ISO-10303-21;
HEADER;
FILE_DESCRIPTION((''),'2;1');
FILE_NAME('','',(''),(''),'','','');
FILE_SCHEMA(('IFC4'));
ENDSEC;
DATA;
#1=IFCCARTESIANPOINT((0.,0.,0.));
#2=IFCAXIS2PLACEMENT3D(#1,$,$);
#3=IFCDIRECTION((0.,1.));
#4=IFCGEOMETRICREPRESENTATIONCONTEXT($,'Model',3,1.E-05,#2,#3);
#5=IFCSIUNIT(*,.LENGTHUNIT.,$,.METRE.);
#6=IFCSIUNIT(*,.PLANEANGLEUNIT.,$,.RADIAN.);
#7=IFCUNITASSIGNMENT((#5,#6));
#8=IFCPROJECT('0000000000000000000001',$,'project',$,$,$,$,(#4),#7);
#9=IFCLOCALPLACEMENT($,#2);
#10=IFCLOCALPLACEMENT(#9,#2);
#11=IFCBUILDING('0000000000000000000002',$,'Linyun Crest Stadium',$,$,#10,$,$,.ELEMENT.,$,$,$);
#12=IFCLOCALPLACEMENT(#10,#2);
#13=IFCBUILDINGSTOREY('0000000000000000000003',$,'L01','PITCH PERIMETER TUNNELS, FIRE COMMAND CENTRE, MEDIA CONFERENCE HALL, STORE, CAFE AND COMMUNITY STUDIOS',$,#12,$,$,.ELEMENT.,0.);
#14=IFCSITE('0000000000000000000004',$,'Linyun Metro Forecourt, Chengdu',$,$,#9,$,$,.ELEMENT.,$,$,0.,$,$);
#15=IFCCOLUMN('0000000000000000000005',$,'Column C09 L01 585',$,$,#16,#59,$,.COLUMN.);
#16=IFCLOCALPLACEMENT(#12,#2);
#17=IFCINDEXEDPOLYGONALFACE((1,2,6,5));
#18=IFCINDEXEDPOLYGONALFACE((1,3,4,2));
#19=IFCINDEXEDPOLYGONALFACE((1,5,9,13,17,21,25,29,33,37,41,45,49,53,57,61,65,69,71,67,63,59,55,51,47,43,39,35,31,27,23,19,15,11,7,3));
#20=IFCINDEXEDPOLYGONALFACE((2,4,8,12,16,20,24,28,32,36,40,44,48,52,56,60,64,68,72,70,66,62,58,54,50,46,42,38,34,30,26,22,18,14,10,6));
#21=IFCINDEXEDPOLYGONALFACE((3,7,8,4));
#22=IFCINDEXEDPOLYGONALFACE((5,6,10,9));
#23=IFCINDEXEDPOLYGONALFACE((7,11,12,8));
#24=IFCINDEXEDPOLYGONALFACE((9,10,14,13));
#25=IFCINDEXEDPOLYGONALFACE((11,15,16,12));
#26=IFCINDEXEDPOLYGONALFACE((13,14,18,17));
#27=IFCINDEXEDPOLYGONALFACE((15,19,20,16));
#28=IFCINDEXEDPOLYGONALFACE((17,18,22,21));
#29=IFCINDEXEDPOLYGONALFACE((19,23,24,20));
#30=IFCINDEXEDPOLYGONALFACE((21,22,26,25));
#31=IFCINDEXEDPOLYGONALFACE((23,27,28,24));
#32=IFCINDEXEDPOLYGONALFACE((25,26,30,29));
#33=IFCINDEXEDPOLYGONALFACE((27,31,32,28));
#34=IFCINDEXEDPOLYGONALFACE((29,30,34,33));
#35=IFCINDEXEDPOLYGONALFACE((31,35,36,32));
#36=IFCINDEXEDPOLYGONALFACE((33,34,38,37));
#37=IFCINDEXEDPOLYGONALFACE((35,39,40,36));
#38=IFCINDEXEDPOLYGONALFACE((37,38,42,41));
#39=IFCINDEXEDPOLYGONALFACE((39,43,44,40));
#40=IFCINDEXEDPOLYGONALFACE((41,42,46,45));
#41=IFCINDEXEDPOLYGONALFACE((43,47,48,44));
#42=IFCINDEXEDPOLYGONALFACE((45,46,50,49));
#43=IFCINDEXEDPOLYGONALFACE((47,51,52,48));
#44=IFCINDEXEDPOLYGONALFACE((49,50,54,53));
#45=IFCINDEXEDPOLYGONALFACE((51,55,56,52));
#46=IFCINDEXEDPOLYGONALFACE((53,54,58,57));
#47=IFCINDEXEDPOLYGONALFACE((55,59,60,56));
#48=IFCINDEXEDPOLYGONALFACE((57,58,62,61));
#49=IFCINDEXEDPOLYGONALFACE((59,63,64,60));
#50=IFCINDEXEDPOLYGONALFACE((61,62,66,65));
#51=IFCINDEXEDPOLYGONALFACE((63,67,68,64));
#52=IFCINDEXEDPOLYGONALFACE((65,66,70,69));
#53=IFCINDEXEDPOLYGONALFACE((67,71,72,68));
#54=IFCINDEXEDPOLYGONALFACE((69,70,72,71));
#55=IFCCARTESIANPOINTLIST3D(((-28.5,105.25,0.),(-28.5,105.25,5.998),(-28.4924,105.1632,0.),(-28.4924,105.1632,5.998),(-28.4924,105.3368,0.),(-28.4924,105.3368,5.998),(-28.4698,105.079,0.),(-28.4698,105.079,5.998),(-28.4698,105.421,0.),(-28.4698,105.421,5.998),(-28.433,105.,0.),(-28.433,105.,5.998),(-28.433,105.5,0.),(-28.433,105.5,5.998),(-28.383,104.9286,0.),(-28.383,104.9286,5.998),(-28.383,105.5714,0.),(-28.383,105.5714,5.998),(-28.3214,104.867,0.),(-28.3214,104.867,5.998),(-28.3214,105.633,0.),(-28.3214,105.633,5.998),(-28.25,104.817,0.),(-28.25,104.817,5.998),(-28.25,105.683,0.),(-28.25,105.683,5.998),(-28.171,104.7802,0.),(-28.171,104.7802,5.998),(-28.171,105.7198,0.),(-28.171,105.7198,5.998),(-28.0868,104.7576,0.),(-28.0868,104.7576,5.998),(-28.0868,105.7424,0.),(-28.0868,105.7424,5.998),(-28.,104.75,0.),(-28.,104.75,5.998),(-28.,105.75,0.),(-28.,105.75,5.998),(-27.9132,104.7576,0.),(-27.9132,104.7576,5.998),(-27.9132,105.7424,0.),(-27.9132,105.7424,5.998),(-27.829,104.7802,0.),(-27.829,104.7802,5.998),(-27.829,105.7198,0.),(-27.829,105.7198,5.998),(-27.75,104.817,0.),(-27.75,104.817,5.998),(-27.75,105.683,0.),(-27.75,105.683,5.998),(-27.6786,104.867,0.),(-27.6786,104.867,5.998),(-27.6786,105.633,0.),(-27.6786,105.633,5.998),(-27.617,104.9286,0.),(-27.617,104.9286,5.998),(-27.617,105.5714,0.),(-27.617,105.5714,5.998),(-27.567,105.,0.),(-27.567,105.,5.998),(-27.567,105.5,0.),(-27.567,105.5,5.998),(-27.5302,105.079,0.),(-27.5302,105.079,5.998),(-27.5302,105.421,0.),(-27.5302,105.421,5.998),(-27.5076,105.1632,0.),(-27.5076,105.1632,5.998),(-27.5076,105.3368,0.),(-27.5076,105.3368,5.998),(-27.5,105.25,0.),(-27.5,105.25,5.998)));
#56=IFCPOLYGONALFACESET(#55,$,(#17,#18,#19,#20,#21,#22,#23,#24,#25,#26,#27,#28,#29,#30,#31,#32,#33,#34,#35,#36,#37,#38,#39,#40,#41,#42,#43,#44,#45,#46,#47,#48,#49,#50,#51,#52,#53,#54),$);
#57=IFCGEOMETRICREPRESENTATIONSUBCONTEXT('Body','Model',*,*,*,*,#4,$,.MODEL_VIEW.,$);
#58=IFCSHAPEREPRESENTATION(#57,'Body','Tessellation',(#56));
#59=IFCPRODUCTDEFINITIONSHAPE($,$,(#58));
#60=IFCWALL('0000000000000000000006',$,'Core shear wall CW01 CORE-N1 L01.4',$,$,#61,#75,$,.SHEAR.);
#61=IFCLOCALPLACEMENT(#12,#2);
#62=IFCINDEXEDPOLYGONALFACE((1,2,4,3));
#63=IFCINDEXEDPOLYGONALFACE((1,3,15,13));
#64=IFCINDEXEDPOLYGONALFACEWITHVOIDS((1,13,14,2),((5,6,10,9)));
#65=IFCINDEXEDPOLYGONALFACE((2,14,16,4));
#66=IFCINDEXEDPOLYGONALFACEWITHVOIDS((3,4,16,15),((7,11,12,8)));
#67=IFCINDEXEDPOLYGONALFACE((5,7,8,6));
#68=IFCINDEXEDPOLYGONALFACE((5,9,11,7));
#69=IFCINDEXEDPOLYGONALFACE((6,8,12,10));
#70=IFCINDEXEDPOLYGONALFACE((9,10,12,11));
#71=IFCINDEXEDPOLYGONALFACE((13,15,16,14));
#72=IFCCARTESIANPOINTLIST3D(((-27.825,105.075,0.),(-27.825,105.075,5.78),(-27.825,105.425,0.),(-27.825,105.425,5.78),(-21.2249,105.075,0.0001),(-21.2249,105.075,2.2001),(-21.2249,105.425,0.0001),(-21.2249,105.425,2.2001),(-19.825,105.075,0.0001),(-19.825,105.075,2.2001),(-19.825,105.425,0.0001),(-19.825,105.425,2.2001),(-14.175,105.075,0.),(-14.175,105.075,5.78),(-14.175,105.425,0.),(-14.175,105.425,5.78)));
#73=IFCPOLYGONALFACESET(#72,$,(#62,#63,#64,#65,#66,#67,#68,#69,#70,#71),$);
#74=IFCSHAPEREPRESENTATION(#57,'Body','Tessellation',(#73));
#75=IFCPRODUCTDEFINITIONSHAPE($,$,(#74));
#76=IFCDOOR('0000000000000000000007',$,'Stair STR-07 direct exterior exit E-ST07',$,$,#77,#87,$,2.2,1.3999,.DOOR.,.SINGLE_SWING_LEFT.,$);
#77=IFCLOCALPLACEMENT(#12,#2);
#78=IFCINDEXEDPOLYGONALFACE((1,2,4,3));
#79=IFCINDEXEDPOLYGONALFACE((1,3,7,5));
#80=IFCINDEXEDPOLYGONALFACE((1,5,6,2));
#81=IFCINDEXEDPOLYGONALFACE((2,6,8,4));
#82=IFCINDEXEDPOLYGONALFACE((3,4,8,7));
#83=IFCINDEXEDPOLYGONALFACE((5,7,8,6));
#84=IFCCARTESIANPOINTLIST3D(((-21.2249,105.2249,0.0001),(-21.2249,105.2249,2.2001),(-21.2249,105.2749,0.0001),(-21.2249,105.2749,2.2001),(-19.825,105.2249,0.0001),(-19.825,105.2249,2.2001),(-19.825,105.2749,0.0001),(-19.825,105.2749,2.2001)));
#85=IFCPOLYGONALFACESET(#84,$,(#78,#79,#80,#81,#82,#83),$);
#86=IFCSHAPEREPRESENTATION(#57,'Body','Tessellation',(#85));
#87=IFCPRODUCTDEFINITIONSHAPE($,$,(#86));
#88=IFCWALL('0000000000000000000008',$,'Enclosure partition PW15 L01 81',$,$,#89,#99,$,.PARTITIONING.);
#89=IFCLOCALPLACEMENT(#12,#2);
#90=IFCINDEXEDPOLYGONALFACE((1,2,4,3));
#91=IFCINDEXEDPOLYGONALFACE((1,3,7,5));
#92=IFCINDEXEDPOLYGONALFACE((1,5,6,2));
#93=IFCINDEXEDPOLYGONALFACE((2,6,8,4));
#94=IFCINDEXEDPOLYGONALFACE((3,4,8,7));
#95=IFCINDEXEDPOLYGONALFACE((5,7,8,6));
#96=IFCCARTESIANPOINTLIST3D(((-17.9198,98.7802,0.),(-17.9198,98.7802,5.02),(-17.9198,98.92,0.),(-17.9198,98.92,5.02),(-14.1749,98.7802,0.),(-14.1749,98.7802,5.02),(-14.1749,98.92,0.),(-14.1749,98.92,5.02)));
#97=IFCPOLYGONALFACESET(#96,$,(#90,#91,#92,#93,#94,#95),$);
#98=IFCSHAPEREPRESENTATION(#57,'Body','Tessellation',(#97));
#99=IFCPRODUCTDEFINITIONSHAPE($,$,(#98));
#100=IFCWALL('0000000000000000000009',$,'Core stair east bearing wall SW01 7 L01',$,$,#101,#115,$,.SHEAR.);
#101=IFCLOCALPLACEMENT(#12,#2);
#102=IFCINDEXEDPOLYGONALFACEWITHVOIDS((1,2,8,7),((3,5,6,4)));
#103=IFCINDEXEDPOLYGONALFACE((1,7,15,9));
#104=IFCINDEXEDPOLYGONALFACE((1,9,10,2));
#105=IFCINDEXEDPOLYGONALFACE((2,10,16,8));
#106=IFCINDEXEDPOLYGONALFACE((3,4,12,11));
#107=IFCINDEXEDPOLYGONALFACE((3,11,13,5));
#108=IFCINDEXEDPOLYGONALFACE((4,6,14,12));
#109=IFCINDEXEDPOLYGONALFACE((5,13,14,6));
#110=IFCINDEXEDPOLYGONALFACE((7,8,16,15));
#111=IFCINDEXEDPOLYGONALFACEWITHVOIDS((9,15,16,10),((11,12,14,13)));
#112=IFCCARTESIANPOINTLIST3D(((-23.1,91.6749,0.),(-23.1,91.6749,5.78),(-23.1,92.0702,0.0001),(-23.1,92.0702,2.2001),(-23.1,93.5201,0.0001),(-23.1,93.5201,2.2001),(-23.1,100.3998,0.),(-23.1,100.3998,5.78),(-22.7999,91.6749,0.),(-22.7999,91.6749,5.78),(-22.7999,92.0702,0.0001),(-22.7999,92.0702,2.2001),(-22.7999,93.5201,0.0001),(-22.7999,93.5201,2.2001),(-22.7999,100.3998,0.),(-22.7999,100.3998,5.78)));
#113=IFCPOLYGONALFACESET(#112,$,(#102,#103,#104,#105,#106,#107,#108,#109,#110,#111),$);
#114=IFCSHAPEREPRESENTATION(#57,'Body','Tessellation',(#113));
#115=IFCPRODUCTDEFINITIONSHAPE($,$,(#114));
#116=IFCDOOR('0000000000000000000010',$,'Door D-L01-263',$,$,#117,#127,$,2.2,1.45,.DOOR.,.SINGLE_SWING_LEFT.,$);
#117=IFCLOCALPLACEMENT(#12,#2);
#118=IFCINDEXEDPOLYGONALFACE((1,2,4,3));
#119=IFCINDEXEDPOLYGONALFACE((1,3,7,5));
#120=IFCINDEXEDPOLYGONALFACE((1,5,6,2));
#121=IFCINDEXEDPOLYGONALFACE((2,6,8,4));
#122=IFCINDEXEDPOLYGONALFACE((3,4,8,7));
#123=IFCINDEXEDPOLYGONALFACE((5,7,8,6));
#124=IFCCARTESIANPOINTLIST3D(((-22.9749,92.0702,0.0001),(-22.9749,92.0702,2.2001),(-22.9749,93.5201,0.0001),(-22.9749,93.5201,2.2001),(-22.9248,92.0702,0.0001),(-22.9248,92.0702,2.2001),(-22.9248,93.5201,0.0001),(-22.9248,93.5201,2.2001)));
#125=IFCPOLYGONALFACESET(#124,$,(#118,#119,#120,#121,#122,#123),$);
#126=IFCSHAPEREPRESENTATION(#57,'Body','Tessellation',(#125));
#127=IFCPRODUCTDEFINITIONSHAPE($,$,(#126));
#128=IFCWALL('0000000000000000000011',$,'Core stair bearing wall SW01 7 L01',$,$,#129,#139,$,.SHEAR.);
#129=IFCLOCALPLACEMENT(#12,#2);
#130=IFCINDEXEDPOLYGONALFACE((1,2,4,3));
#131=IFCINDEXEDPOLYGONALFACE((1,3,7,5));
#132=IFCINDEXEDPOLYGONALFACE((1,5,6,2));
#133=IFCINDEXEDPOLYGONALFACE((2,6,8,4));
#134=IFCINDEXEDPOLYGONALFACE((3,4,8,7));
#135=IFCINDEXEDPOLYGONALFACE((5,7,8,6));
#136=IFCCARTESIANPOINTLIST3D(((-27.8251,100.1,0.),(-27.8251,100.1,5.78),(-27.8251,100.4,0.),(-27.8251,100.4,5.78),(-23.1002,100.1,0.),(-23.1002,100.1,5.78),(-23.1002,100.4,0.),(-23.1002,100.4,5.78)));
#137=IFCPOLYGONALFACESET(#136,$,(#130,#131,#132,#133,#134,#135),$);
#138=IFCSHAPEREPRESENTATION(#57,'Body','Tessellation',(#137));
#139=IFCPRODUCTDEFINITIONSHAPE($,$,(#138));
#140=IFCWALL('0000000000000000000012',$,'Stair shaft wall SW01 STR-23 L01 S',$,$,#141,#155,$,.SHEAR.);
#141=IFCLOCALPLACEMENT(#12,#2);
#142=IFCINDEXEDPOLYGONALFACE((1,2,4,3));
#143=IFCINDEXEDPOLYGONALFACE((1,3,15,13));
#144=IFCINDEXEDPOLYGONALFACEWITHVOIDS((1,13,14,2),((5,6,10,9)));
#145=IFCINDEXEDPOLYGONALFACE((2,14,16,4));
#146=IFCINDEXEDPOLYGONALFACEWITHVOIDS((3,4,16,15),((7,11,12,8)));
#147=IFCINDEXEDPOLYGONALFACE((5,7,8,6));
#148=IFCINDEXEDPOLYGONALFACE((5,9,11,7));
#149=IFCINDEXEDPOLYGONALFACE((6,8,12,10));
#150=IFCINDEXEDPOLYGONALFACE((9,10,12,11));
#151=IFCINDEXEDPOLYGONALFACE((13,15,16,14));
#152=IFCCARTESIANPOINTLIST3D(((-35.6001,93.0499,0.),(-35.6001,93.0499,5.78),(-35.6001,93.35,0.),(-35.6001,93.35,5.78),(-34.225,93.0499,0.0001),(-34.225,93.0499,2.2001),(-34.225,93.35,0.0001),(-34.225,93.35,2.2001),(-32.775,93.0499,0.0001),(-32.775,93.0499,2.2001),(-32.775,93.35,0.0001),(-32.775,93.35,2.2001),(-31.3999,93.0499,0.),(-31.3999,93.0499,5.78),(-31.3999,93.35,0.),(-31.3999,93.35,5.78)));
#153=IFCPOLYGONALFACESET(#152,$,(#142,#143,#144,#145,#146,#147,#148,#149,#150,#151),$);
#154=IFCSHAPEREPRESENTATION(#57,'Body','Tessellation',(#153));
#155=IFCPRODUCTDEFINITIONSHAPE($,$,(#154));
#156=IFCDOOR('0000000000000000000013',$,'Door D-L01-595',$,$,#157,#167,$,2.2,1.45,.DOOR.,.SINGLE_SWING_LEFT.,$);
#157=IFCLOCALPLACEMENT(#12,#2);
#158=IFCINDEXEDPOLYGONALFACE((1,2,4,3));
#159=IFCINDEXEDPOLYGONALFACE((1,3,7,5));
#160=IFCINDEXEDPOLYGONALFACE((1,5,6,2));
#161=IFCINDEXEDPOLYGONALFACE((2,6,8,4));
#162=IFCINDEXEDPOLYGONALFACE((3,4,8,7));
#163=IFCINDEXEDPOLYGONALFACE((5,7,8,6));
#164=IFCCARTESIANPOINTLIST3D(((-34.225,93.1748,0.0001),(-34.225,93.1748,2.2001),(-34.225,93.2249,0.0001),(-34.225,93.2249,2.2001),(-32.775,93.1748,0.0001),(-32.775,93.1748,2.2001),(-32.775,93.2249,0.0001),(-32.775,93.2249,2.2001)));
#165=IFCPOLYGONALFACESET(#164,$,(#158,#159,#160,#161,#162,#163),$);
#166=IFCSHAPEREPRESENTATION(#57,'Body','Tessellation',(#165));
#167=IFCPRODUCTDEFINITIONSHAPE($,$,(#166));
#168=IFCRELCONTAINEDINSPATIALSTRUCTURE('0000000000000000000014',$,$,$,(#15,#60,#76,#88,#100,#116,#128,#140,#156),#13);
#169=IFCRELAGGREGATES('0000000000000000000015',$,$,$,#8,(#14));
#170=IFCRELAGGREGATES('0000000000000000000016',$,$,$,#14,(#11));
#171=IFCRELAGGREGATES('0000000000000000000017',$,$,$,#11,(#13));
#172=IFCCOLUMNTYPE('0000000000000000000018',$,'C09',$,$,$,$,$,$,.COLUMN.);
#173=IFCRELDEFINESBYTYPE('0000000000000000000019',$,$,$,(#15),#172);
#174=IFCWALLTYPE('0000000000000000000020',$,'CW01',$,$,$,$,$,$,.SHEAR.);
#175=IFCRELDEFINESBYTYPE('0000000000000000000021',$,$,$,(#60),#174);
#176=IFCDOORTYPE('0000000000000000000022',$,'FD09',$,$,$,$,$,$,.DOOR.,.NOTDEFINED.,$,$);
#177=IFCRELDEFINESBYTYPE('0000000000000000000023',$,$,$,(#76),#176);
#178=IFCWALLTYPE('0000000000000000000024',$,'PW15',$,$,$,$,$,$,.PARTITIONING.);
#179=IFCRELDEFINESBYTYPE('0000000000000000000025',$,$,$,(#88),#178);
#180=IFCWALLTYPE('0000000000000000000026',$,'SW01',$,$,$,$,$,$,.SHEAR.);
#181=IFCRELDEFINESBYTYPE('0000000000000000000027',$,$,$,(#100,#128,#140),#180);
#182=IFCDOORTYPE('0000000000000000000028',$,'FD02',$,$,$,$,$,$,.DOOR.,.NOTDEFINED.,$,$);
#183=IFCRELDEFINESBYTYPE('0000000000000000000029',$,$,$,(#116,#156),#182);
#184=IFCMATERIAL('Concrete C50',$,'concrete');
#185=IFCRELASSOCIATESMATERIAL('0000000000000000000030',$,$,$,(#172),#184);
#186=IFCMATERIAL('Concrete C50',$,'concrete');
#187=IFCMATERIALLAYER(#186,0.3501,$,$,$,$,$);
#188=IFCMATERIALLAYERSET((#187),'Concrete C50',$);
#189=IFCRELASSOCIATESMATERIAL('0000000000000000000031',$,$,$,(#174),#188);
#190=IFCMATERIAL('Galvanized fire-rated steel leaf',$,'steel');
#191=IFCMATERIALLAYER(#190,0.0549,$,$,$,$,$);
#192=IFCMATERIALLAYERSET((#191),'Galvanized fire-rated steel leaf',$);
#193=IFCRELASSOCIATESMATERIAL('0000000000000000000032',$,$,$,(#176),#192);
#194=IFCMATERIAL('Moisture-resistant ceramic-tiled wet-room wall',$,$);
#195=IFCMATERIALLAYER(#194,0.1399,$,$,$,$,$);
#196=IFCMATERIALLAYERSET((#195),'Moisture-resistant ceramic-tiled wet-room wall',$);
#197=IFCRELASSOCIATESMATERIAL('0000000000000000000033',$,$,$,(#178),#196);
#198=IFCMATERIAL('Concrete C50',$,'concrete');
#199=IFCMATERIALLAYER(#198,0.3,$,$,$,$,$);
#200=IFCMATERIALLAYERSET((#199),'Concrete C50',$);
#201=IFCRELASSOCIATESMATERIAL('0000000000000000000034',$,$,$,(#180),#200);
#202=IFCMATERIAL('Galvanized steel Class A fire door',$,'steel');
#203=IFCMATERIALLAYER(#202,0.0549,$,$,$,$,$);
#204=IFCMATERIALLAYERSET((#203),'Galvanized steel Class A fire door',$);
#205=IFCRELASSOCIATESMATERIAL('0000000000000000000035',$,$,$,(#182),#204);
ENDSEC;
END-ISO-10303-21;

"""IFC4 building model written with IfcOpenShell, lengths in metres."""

from ifc_helpers import new_model, si_unit, direction, frame, frame_2d, origin, origin_2d, place, context, subcontext, project, spatial, rectangle, circle, extrude, material, layer, layer_set, material_profile, profile_set, type_object, element, fill, save


model = new_model("IFC4")

# Units and contexts
model_context = context("Model", 3, precision=1e-05, world=origin(), true_north=direction((0.0, 1.0)))
body_context = subcontext(model_context, "Body", "Model", "MODEL_VIEW")
ifc_project = project(units=[si_unit("LENGTHUNIT", "METRE"), si_unit("PLANEANGLEUNIT", "RADIAN")], contexts=[model_context])

# Site, building, storey
site_placement = place(None, origin())
site = spatial("IfcSite", under=ifc_project, at=site_placement, Name="Linyun Metro Forecourt, Chengdu", CompositionType="ELEMENT", RefElevation=0.0)
building_placement = place(site_placement, origin())
building = spatial("IfcBuilding", under=site, at=building_placement, Name="Linyun Crest Stadium", CompositionType="ELEMENT")
storey_placement = place(building_placement, origin())
storey = spatial("IfcBuildingStorey", under=building, at=storey_placement, Name="L01", Description="PITCH PERIMETER TUNNELS, FIRE COMMAND CENTRE, MEDIA CONFERENCE HALL, STORE, CAFE AND COMMUNITY STUDIOS", CompositionType="ELEMENT", Elevation=0.0)

# Column
ifc_material_1 = material(Name="Concrete C50", Category="concrete")
ifc_material_profile = material_profile(ifc_material_1, circle(Radius=0.5, at=origin_2d()), Name="RC D1000")
ifc_profile_set = profile_set([ifc_material_profile], Name="Concrete C50")
column_type = type_object("IfcColumnType", Name="C09", PredefinedType="COLUMN", material=ifc_profile_set)
column_placement = place(storey_placement, frame((-28.0, 105.25, 0.0), z_axis=(0.0, 0.0, 1.0), x_axis=(1.0, 0.0, 0.0)))
element("IfcColumn", 1, at=column_placement, inside=storey, type_object=column_type, Name="Column C09 L01 585", PredefinedType="COLUMN", context=body_context, shape_type="SweptSolid", body=[
    extrude(circle(Radius=0.5, at=origin_2d()), origin(), (0.0, 0.0, 1.0), 5.998),
])

# Wall, opening, door
ifc_material_2 = material(Name="Concrete C50", Category="concrete")
ifc_layer_1 = layer(ifc_material_2, 0.3501)
ifc_layer_set_1 = layer_set([ifc_layer_1], Name="Concrete C50")
wall_type_1 = type_object("IfcWallType", Name="CW01", PredefinedType="SHEAR", material=ifc_layer_set_1)
wall_1_placement = place(storey_placement, frame((-27.825, 105.25, 0.0), z_axis=(0.0, 0.0, 1.0), x_axis=(1.0, 0.0, 0.0)))
wall_1 = element("IfcWall", 2, at=wall_1_placement, inside=storey, type_object=wall_type_1, Name="Core shear wall CW01 CORE-N1 L01.4", PredefinedType="SHEAR", context=body_context, shape_type="SweptSolid", body=[
    extrude(rectangle(XDim=13.6499, YDim=0.3501, at=frame_2d((6.825, 0.0))), origin(), (0.0, 0.0, 1.0), 5.78),
])
opening_1_placement = place(wall_1_placement, frame((6.6001, 0.0, 0.0)))
opening_1 = element("IfcOpeningElement", 3, at=opening_1_placement, cuts=wall_1, PredefinedType="OPENING", context=body_context, shape_type="SweptSolid", body=[
    extrude(rectangle(XDim=1.3999, YDim=2.2, at=frame_2d((0.7, 1.1001))), frame((0.0, 0.1851, 0.0), z_axis=(0.0, -1.0, 0.0), x_axis=(1.0, 0.0, 0.0)), (0.0, 0.0, 1.0), 0.3701),
])
ifc_material_3 = material(Name="Galvanized fire-rated steel leaf", Category="steel")
ifc_layer_2 = layer(ifc_material_3, 0.0549)
ifc_layer_set_2 = layer_set([ifc_layer_2], Name="Galvanized fire-rated steel leaf")
door_type_1 = type_object("IfcDoorType", Name="FD09", OperationType="NOTDEFINED", PredefinedType="DOOR", material=ifc_layer_set_2)
door_1_placement = place(opening_1_placement, origin())
door_1 = element("IfcDoor", 4, at=door_1_placement, inside=storey, type_object=door_type_1, Name="Stair STR-07 direct exterior exit E-ST07", OperationType="SINGLE_SWING_LEFT", OverallHeight=2.2, OverallWidth=1.3999, PredefinedType="DOOR", context=body_context, shape_type="SweptSolid", body=[
    extrude(rectangle(XDim=1.3999, YDim=2.2, at=frame_2d((0.7, 1.1001))), frame((0.0, 0.0249, 0.0), z_axis=(0.0, -1.0, 0.0), x_axis=(1.0, 0.0, 0.0)), (0.0, 0.0, 1.0), 0.05),
])
fill(opening_1, door_1)

# Wall
ifc_material_4 = material(Name="Moisture-resistant ceramic-tiled wet-room wall")
ifc_layer_3 = layer(ifc_material_4, 0.1399)
ifc_layer_set_3 = layer_set([ifc_layer_3], Name="Moisture-resistant ceramic-tiled wet-room wall")
wall_type_2 = type_object("IfcWallType", Name="PW15", PredefinedType="PARTITIONING", material=ifc_layer_set_3)
wall_2_placement = place(storey_placement, frame((-17.9199, 98.8501, 0.0), z_axis=(0.0, 0.0, 1.0), x_axis=(1.0, 0.0, 0.0)))
element("IfcWall", 5, at=wall_2_placement, inside=storey, type_object=wall_type_2, Name="Enclosure partition PW15 L01 81", PredefinedType="PARTITIONING", context=body_context, shape_type="SweptSolid", body=[
    extrude(rectangle(XDim=3.7449, YDim=0.1399, at=frame_2d((1.8726, 0.0))), origin(), (0.0, 0.0, 1.0), 5.02),
])

# Wall, opening, door
ifc_material_5 = material(Name="Concrete C50", Category="concrete")
ifc_layer_4 = layer(ifc_material_5, 0.3)
ifc_layer_set_4 = layer_set([ifc_layer_4], Name="Concrete C50")
wall_type_3 = type_object("IfcWallType", Name="SW01", PredefinedType="SHEAR", material=ifc_layer_set_4)
wall_3_placement = place(storey_placement, frame((-22.95, 91.675, 0.0), z_axis=(0.0, 0.0, 1.0), x_axis=(0.0, 1.0, 0.0)))
wall_3 = element("IfcWall", 6, at=wall_3_placement, inside=storey, type_object=wall_type_3, Name="Core stair east bearing wall SW01 7 L01", PredefinedType="SHEAR", context=body_context, shape_type="SweptSolid", body=[
    extrude(rectangle(XDim=8.7249, YDim=0.3, at=frame_2d((4.3623, 0.0))), origin(), (0.0, 0.0, 1.0), 5.78),
])
opening_2_placement = place(wall_3_placement, frame((0.395, 0.0, 0.0)))
opening_2 = element("IfcOpeningElement", 7, at=opening_2_placement, cuts=wall_3, PredefinedType="OPENING", context=body_context, shape_type="SweptSolid", body=[
    extrude(rectangle(XDim=1.45, YDim=2.2, at=frame_2d((0.7251, 1.1001))), frame((0.0, 0.1599, 0.0), z_axis=(0.0, -1.0, 0.0), x_axis=(1.0, 0.0, 0.0)), (0.0, 0.0, 1.0), 0.3201),
])
ifc_material_6 = material(Name="Galvanized steel Class A fire door", Category="steel")
ifc_layer_5 = layer(ifc_material_6, 0.0549)
ifc_layer_set_5 = layer_set([ifc_layer_5], Name="Galvanized steel Class A fire door")
door_type_2 = type_object("IfcDoorType", Name="FD02", OperationType="NOTDEFINED", PredefinedType="DOOR", material=ifc_layer_set_5)
door_2_placement = place(opening_2_placement, origin())
door_2 = element("IfcDoor", 8, at=door_2_placement, inside=storey, type_object=door_type_2, Name="Door D-L01-263", OperationType="SINGLE_SWING_LEFT", OverallHeight=2.2, OverallWidth=1.45, PredefinedType="DOOR", context=body_context, shape_type="SweptSolid", body=[
    extrude(rectangle(XDim=1.45, YDim=2.2, at=frame_2d((0.7251, 1.1001))), frame((0.0, 0.0249, 0.0), z_axis=(0.0, -1.0, 0.0), x_axis=(1.0, 0.0, 0.0)), (0.0, 0.0, 1.0), 0.05),
])
fill(opening_2, door_2)

# Wall
wall_4_placement = place(storey_placement, frame((-27.825, 100.25, 0.0), z_axis=(0.0, 0.0, 1.0), x_axis=(1.0, 0.0, 0.0)))
element("IfcWall", 9, at=wall_4_placement, inside=storey, type_object=wall_type_3, Name="Core stair bearing wall SW01 7 L01", PredefinedType="SHEAR", context=body_context, shape_type="SweptSolid", body=[
    extrude(rectangle(XDim=4.7249, YDim=0.3, at=frame_2d((2.3623, 0.0))), origin(), (0.0, 0.0, 1.0), 5.78),
])

# Wall, opening, door
wall_5_placement = place(storey_placement, frame((-35.6001, 93.2, 0.0), z_axis=(0.0, 0.0, 1.0), x_axis=(1.0, 0.0, 0.0)))
wall_5 = element("IfcWall", 10, at=wall_5_placement, inside=storey, type_object=wall_type_3, Name="Stair shaft wall SW01 STR-23 L01 S", PredefinedType="SHEAR", context=body_context, shape_type="SweptSolid", body=[
    extrude(rectangle(XDim=4.2002, YDim=0.3, at=frame_2d((2.1001, 0.0))), origin(), (0.0, 0.0, 1.0), 5.78),
])
opening_3_placement = place(wall_5_placement, frame((1.375, 0.0, 0.0)))
opening_3 = element("IfcOpeningElement", 11, at=opening_3_placement, cuts=wall_5, PredefinedType="OPENING", context=body_context, shape_type="SweptSolid", body=[
    extrude(rectangle(XDim=1.45, YDim=2.2, at=frame_2d((0.7251, 1.1001))), frame((0.0, 0.1599, 0.0), z_axis=(0.0, -1.0, 0.0), x_axis=(1.0, 0.0, 0.0)), (0.0, 0.0, 1.0), 0.3201),
])
door_3_placement = place(opening_3_placement, origin())
door_3 = element("IfcDoor", 12, at=door_3_placement, inside=storey, type_object=door_type_2, Name="Door D-L01-595", OperationType="SINGLE_SWING_LEFT", OverallHeight=2.2, OverallWidth=1.45, PredefinedType="DOOR", context=body_context, shape_type="SweptSolid", body=[
    extrude(rectangle(XDim=1.45, YDim=2.2, at=frame_2d((0.7251, 1.1001))), frame((0.0, 0.0249, 0.0), z_axis=(0.0, -1.0, 0.0), x_axis=(1.0, 0.0, 0.0)), (0.0, 0.0, 1.0), 0.05),
])
fill(opening_3, door_3)

save(model, "model.ifc")
